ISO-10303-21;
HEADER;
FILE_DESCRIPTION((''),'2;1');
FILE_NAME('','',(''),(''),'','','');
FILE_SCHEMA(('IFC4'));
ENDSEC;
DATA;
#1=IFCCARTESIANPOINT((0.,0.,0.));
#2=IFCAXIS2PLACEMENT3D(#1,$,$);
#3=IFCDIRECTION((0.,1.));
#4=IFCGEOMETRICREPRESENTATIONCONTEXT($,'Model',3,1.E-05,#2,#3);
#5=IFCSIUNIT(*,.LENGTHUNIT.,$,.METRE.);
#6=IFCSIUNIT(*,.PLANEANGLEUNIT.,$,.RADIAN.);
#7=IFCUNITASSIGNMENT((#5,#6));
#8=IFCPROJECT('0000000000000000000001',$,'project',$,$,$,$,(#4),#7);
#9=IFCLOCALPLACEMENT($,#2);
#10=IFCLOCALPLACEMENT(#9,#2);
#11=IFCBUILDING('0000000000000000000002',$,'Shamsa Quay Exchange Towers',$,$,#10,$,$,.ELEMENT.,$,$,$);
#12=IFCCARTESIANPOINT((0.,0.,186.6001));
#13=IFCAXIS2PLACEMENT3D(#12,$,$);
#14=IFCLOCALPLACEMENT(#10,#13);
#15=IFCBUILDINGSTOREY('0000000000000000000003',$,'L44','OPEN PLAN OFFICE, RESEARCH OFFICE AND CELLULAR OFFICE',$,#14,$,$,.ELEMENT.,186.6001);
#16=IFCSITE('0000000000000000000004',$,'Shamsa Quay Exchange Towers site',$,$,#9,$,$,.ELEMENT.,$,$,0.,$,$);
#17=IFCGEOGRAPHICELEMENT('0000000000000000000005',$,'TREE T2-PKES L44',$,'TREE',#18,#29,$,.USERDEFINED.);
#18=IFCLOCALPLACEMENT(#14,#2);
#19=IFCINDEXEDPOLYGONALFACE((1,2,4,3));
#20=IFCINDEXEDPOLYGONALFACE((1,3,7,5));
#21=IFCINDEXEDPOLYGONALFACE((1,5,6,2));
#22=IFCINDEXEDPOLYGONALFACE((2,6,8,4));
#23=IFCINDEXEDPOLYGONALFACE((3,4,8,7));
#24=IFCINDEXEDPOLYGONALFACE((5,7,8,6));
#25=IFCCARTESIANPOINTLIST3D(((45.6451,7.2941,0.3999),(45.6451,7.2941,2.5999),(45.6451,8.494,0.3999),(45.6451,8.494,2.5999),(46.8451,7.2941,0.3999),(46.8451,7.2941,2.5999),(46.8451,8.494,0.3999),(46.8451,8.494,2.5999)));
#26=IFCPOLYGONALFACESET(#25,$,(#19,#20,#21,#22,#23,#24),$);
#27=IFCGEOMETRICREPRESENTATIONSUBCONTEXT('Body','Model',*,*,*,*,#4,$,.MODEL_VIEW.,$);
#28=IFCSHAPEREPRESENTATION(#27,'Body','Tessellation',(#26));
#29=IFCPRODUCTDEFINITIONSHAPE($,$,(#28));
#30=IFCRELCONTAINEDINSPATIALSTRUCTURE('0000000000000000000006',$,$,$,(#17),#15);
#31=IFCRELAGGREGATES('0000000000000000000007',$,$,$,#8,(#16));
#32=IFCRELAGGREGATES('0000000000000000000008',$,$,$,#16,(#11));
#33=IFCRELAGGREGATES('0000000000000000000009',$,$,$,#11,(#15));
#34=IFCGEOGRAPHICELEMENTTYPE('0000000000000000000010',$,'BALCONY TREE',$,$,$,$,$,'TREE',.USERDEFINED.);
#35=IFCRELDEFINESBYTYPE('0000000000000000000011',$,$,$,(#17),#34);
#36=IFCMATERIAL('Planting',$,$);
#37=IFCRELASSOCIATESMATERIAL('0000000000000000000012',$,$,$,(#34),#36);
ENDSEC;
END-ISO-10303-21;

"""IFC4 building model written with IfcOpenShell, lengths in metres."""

from ifc_helpers import new_model, si_unit, direction, frame, origin, origin_2d, place, context, subcontext, project, spatial, rectangle, extrude, material, type_object, element, save


model = new_model("IFC4")

# Units and contexts
model_context = context("Model", 3, precision=1e-05, world=origin(), true_north=direction((0.0, 1.0)))
body_context = subcontext(model_context, "Body", "Model", "MODEL_VIEW")
ifc_project = project(units=[si_unit("LENGTHUNIT", "METRE"), si_unit("PLANEANGLEUNIT", "RADIAN")], contexts=[model_context])

# Site, building, storey
site_placement = place(None, origin())
site = spatial("IfcSite", under=ifc_project, at=site_placement, Name="Shamsa Quay Exchange Towers site", CompositionType="ELEMENT", RefElevation=0.0)
building_placement = place(site_placement, origin())
building = spatial("IfcBuilding", under=site, at=building_placement, Name="Shamsa Quay Exchange Towers", CompositionType="ELEMENT")
storey_placement = place(building_placement, frame((0.0, 0.0, 186.6001)))
storey = spatial("IfcBuildingStorey", under=building, at=storey_placement, Name="L44", Description="OPEN PLAN OFFICE, RESEARCH OFFICE AND CELLULAR OFFICE", CompositionType="ELEMENT", Elevation=186.6001)

# Geographic element
ifc_material_1 = material(Name="Planting")
geographic_element_type = type_object("IfcGeographicElementType", Name="BALCONY TREE", ElementType="TREE", PredefinedType="USERDEFINED", material=ifc_material_1)
geographic_element_placement = place(storey_placement, frame((46.2451, 7.894, 0.3999), z_axis=(0.0, 0.0, 1.0), x_axis=(0.0, 1.0, 0.0)))
element("IfcGeographicElement", 1, at=geographic_element_placement, inside=storey, type_object=geographic_element_type, Name="TREE T2-PKES L44", ObjectType="TREE", PredefinedType="USERDEFINED", context=body_context, shape_type="SweptSolid", body=[
    extrude(rectangle(XDim=1.2, YDim=1.2, at=origin_2d()), origin(), (0.0, 0.0, 1.0), 2.2),
])

save(model, "model.ifc")
